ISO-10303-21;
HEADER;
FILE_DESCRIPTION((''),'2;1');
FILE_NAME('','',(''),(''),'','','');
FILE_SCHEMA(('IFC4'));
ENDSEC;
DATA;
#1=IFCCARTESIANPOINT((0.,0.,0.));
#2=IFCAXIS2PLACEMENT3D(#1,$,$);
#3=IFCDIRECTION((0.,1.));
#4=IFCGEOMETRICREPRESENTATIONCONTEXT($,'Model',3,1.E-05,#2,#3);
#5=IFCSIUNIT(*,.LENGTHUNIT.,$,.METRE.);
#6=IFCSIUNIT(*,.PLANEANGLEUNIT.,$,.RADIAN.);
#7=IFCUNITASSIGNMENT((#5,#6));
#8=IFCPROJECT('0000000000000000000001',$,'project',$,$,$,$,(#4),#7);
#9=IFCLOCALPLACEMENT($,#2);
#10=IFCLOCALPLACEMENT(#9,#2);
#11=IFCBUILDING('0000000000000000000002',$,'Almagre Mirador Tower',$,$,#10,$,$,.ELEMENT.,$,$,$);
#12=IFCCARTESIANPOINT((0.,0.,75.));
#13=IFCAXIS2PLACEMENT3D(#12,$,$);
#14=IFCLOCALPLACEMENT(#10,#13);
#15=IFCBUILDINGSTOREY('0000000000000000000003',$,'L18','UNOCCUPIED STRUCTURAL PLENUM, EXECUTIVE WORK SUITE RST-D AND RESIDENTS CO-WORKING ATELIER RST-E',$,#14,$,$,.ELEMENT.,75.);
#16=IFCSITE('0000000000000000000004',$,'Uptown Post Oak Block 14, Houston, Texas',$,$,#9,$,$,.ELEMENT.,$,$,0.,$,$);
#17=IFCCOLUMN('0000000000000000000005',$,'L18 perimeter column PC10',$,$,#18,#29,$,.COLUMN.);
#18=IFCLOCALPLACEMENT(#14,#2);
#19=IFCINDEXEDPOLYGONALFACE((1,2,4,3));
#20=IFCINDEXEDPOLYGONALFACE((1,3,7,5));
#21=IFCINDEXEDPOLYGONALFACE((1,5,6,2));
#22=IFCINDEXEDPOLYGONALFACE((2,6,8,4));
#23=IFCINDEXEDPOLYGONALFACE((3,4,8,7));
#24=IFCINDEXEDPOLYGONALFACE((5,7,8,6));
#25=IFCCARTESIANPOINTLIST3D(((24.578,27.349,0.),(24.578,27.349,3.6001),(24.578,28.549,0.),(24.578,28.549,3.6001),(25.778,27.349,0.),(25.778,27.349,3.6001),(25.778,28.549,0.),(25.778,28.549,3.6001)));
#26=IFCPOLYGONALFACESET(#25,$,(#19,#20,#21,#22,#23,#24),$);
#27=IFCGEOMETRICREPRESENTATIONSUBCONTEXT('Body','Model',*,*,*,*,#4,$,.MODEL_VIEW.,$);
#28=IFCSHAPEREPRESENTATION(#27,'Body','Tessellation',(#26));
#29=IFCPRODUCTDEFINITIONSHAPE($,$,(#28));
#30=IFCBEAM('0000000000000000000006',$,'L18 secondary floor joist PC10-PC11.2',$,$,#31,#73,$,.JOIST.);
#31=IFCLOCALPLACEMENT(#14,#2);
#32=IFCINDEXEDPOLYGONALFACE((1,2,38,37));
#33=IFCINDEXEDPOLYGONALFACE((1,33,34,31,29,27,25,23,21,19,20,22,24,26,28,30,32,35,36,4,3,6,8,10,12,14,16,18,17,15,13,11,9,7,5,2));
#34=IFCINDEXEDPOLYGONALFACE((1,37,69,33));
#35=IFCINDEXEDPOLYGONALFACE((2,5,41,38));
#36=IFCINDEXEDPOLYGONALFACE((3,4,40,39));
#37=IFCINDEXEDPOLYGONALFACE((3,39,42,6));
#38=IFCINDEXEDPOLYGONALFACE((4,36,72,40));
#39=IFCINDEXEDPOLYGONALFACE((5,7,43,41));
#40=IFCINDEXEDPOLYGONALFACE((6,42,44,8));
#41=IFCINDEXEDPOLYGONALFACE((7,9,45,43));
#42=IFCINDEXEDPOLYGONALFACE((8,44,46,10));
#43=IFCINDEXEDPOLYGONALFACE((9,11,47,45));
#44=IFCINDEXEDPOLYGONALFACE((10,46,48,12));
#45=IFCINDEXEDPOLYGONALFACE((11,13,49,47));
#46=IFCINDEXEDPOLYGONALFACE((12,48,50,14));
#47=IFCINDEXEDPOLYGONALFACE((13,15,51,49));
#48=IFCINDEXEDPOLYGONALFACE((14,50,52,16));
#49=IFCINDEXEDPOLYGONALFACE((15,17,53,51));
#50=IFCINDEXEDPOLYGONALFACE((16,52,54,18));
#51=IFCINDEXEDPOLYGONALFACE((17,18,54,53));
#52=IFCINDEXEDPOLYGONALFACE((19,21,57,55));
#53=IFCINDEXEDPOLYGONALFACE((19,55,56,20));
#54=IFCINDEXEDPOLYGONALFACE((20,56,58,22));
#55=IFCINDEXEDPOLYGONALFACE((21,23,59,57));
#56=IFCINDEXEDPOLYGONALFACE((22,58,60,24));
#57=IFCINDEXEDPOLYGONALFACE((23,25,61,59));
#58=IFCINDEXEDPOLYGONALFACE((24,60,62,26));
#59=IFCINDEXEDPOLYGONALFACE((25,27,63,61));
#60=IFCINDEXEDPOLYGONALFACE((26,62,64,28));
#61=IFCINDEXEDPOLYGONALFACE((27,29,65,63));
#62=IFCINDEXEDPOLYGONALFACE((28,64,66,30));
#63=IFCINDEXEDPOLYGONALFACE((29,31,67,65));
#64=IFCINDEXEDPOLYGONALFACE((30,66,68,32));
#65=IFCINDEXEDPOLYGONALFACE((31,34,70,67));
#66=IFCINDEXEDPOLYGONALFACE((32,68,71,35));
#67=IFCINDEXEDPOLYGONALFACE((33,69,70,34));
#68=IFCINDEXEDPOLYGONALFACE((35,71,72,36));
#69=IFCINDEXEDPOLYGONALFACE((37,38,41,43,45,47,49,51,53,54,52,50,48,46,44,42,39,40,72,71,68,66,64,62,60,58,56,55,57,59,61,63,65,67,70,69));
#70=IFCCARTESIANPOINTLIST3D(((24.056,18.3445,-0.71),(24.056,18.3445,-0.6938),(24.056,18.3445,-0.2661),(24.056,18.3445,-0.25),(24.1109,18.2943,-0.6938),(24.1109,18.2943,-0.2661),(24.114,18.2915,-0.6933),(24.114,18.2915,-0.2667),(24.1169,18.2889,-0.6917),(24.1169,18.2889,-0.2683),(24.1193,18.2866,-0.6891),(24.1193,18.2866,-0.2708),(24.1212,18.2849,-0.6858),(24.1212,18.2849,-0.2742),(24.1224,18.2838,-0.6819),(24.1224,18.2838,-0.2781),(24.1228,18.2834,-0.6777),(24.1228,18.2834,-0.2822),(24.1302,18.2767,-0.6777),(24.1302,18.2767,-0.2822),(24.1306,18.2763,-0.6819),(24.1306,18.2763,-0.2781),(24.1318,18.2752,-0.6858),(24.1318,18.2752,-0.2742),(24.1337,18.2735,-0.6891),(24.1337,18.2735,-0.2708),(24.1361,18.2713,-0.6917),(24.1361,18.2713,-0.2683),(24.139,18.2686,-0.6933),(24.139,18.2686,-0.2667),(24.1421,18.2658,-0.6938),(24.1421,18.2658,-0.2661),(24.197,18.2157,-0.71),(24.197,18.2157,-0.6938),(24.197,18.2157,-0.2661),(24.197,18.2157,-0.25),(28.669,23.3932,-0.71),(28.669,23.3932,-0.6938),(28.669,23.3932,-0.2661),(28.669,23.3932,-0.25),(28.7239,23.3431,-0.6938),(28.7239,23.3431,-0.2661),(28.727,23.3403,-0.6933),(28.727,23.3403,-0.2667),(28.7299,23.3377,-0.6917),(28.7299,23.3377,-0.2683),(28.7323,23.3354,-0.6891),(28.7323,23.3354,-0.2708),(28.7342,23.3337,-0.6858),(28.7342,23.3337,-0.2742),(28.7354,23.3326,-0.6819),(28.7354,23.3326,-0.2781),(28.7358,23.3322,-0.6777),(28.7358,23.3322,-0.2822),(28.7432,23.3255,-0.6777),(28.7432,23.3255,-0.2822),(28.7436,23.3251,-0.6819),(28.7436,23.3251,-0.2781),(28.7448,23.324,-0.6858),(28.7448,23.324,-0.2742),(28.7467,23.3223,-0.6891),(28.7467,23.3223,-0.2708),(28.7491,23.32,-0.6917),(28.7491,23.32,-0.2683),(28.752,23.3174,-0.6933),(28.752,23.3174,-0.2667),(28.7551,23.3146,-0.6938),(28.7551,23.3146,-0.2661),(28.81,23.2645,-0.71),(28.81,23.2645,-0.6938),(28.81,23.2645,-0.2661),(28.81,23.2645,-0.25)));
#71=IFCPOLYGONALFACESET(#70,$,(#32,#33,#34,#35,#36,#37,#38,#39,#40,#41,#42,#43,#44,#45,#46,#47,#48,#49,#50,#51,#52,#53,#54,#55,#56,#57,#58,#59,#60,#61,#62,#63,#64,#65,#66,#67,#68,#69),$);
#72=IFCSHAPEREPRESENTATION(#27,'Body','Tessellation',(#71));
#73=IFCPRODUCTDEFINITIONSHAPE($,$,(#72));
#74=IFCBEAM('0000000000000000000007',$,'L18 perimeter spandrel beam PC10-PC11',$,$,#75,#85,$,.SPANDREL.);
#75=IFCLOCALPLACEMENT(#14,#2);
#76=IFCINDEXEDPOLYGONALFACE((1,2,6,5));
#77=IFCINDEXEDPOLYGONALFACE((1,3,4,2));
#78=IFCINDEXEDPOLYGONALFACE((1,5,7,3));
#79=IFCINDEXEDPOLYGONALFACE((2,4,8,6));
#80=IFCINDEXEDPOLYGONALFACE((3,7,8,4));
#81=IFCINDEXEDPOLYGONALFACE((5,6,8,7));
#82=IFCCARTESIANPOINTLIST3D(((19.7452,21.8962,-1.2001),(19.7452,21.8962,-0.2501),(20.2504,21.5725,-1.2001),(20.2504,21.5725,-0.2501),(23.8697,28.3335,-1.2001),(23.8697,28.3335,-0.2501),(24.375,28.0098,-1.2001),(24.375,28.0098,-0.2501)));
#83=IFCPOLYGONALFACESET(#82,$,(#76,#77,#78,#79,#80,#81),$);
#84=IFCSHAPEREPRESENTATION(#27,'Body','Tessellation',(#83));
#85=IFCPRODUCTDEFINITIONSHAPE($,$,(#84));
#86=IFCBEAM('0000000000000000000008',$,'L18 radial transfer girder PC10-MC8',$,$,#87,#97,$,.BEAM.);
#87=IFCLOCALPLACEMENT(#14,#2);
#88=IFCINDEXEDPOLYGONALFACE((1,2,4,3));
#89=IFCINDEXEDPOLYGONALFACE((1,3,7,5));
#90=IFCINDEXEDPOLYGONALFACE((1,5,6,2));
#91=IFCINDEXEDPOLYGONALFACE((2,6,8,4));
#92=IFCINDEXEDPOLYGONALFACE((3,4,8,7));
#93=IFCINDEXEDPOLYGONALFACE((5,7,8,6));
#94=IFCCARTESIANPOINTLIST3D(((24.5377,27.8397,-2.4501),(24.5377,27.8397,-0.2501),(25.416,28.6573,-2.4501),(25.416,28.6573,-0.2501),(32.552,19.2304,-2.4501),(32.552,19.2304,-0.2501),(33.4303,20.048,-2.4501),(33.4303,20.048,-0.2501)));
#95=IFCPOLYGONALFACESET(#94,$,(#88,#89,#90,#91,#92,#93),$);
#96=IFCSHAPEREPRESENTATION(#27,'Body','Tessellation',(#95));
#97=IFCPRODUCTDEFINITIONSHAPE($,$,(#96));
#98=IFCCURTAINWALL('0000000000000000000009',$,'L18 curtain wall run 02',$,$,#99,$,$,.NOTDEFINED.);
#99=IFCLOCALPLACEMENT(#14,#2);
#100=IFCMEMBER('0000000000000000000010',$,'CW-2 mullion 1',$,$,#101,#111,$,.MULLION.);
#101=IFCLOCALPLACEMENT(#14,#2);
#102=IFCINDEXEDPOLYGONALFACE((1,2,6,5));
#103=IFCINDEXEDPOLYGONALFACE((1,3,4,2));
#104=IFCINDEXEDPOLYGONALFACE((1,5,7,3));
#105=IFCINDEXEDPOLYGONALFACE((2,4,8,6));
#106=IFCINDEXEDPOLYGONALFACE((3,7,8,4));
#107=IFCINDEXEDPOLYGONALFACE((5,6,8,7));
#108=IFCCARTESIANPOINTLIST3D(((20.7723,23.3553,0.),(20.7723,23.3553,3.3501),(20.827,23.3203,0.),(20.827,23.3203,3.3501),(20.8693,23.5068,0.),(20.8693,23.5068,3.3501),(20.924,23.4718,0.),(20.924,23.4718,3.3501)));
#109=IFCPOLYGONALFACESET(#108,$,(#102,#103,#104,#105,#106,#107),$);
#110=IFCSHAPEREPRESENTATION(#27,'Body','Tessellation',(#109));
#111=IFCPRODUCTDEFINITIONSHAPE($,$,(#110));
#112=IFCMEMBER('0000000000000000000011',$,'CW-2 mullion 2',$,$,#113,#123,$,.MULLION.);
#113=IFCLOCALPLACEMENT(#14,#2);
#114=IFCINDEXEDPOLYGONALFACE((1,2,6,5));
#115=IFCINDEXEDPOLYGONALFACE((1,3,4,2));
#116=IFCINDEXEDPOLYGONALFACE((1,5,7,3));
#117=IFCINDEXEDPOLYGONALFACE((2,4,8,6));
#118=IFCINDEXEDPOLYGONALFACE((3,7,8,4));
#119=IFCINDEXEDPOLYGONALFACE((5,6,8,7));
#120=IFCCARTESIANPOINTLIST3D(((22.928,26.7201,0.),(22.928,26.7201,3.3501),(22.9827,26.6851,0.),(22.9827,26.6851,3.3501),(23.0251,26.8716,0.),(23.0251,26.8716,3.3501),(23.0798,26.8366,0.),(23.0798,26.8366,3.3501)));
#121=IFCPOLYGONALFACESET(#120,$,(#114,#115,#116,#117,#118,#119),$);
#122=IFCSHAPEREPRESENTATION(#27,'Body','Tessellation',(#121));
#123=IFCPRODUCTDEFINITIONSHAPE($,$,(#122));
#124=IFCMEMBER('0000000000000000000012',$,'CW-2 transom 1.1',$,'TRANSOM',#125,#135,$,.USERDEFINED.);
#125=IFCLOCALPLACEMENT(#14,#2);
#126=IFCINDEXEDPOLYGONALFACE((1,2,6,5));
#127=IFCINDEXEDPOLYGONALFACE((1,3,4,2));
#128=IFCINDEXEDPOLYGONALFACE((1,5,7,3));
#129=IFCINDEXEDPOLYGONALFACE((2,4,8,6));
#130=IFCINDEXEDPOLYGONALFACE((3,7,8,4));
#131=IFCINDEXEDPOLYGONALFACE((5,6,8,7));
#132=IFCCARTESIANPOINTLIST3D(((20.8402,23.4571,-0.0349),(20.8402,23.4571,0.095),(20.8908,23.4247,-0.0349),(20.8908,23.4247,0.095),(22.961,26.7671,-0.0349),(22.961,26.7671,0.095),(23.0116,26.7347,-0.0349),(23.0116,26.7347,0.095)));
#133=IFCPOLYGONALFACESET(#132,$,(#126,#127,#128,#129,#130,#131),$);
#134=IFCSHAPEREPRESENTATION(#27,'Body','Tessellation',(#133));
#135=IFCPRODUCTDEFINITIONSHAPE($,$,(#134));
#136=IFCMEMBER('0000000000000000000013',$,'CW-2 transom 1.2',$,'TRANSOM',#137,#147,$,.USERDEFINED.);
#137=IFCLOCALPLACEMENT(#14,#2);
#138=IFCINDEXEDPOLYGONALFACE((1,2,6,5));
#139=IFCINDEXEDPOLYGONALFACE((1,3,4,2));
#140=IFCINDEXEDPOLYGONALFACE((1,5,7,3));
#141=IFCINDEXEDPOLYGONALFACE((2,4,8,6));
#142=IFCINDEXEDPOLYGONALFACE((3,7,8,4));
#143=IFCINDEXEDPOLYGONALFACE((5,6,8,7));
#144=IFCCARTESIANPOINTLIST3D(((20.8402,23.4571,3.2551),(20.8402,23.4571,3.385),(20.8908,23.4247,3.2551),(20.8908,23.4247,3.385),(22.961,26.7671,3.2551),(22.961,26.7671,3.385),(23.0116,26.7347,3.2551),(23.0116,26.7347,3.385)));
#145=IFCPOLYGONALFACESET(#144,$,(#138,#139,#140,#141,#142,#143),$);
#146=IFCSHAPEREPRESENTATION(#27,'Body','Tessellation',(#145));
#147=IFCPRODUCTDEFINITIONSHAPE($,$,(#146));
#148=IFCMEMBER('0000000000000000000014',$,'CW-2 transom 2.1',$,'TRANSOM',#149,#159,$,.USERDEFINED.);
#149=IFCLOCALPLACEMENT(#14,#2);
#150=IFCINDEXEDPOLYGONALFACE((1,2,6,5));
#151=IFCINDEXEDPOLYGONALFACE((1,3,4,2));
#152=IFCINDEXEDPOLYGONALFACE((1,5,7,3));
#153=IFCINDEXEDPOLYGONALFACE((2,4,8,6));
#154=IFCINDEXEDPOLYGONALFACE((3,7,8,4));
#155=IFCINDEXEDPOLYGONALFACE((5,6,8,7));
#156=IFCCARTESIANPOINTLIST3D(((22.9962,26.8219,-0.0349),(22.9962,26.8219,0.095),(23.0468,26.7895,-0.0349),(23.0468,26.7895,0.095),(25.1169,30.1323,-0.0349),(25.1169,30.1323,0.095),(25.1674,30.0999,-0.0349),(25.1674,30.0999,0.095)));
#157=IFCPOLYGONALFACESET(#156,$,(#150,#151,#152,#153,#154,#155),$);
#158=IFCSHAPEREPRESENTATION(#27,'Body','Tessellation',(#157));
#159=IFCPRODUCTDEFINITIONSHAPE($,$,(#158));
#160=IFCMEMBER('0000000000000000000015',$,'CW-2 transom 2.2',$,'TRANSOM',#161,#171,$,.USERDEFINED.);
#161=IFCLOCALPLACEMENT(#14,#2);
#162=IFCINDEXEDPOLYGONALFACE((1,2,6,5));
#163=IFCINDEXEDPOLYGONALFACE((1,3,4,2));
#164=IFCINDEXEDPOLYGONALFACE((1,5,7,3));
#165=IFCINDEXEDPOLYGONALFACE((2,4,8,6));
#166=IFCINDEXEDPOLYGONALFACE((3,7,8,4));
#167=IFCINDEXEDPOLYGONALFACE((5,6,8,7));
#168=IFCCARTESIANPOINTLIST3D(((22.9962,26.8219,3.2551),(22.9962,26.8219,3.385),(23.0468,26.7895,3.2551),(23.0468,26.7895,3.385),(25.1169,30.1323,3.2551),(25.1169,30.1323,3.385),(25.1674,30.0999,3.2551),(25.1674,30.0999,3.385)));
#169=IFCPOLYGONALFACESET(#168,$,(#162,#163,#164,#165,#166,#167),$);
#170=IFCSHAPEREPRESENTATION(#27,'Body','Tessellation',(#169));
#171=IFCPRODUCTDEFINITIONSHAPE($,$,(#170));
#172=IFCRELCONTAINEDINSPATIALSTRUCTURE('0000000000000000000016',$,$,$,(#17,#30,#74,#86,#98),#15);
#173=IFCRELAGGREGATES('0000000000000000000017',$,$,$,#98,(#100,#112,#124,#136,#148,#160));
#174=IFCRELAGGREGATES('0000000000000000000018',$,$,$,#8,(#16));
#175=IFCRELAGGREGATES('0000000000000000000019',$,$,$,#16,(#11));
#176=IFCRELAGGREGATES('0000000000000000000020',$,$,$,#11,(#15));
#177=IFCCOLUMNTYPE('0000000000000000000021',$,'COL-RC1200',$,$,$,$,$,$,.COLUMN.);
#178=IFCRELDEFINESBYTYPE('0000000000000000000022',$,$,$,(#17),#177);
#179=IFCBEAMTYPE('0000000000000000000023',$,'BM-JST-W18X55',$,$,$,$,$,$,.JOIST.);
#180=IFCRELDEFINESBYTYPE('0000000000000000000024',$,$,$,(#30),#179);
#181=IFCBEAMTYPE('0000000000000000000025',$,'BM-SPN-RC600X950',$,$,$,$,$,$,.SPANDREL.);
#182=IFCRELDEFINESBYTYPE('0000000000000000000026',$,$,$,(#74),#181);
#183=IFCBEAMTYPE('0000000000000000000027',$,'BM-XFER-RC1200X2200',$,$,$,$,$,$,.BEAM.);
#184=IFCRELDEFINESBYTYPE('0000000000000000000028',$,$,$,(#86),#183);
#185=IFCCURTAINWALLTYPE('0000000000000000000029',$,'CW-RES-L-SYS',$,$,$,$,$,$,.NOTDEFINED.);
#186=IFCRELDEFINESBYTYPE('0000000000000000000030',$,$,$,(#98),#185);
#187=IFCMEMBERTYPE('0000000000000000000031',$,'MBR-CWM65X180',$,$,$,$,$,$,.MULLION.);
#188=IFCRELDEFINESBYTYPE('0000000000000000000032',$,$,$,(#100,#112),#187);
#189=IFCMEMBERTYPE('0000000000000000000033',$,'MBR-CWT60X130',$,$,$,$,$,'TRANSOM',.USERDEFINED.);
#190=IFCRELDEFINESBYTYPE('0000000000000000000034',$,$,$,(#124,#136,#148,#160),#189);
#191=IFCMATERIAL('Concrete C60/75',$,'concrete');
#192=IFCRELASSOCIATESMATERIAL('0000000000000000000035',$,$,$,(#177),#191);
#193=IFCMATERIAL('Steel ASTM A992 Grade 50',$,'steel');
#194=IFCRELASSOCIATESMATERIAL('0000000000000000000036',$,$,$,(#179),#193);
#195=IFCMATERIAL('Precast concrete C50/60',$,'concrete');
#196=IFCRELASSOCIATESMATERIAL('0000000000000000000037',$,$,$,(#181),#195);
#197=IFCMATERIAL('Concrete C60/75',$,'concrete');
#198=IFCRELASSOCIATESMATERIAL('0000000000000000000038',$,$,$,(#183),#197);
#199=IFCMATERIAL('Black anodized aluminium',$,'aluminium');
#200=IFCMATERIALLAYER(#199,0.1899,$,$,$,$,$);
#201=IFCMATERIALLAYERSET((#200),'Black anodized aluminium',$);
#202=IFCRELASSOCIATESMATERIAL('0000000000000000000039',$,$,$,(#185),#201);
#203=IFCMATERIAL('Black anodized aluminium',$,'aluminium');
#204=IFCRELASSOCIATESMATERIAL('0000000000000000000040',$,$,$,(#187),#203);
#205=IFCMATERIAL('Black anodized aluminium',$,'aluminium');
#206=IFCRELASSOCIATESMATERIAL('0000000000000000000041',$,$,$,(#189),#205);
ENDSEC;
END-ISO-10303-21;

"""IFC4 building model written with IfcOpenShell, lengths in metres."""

from ifc_helpers import new_model, si_unit, direction, frame, origin, origin_2d, place, context, subcontext, project, spatial, rectangle, i_section, extrude, material, layer, layer_set, material_profile, profile_set, type_object, element, aggregate, save


model = new_model("IFC4")

# Units and contexts
model_context = context("Model", 3, precision=1e-05, world=origin(), true_north=direction((0.0, 1.0)))
body_context = subcontext(model_context, "Body", "Model", "MODEL_VIEW")
ifc_project = project(units=[si_unit("LENGTHUNIT", "METRE"), si_unit("PLANEANGLEUNIT", "RADIAN")], contexts=[model_context])

# Site, building, storey
site_placement = place(None, origin())
site = spatial("IfcSite", under=ifc_project, at=site_placement, Name="Uptown Post Oak Block 14, Houston, Texas", CompositionType="ELEMENT", RefElevation=0.0)
building_placement = place(site_placement, origin())
building = spatial("IfcBuilding", under=site, at=building_placement, Name="Almagre Mirador Tower", CompositionType="ELEMENT")
storey_placement = place(building_placement, frame((0.0, 0.0, 75.0)))
storey = spatial("IfcBuildingStorey", under=building, at=storey_placement, Name="L18", Description="UNOCCUPIED STRUCTURAL PLENUM, EXECUTIVE WORK SUITE RST-D AND RESIDENTS CO-WORKING ATELIER RST-E", CompositionType="ELEMENT", Elevation=75.0)

# Column
ifc_material_1 = material(Name="Concrete C60/75", Category="concrete")
ifc_material_profile_1 = material_profile(ifc_material_1, rectangle(XDim=1.2, YDim=1.2, at=origin_2d()), Name="RC1200X1200")
ifc_profile_set_1 = profile_set([ifc_material_profile_1], Name="Concrete C60/75")
column_type = type_object("IfcColumnType", Name="COL-RC1200", PredefinedType="COLUMN", material=ifc_profile_set_1)
column_placement = place(storey_placement, frame((25.178, 27.949, 0.0), z_axis=(0.0, 0.0, 1.0), x_axis=(1.0, 0.0, 0.0)))
element("IfcColumn", 1, at=column_placement, inside=storey, type_object=column_type, Name="L18 perimeter column PC10", PredefinedType="COLUMN", context=body_context, shape_type="SweptSolid", body=[
    extrude(rectangle(XDim=1.2, YDim=1.2, at=origin_2d()), origin(), (0.0, 0.0, 1.0), 3.6001),
])

# Beams
ifc_material_2 = material(Name="Steel ASTM A992 Grade 50", Category="steel")
ifc_material_profile_2 = material_profile(ifc_material_2, i_section(OverallWidth=0.1909, OverallDepth=0.46, WebThickness=0.01, FlangeThickness=0.0161, FilletRadius=0.0161, at=origin_2d()), Name="W18X55")
ifc_profile_set_2 = profile_set([ifc_material_profile_2], Name="Steel ASTM A992 Grade 50")
beam_type_1 = type_object("IfcBeamType", Name="BM-JST-W18X55", PredefinedType="JOIST", material=ifc_profile_set_2)
beam_1_placement = place(storey_placement, frame((28.7395, 23.3289, -0.48), z_axis=(-0.674527, -0.73825, 0.0), x_axis=(0.73825, -0.674527, 0.0)))
element("IfcBeam", 2, at=beam_1_placement, inside=storey, type_object=beam_type_1, Name="L18 secondary floor joist PC10-PC11.2", PredefinedType="JOIST", context=body_context, shape_type="SweptSolid", body=[
    extrude(i_section(OverallWidth=0.1909, OverallDepth=0.46, WebThickness=0.01, FlangeThickness=0.0161, FilletRadius=0.0161, at=origin_2d()), origin(), (0.0, 0.0, 1.0), 6.8389),
])
ifc_material_3 = material(Name="Precast concrete C50/60", Category="concrete")
ifc_material_profile_3 = material_profile(ifc_material_3, rectangle(XDim=0.6001, YDim=0.95, at=origin_2d()), Name="RC600X950")
ifc_profile_set_3 = profile_set([ifc_material_profile_3], Name="Precast concrete C50/60")
beam_type_2 = type_object("IfcBeamType", Name="BM-SPN-RC600X950", PredefinedType="SPANDREL", material=ifc_profile_set_3)
beam_2_placement = place(storey_placement, frame((24.1223, 28.1716, -0.7251), z_axis=(-0.539487, -0.841994, 0.0), x_axis=(0.841994, -0.539487, 0.0)))
element("IfcBeam", 3, at=beam_2_placement, inside=storey, type_object=beam_type_2, Name="L18 perimeter spandrel beam PC10-PC11", PredefinedType="SPANDREL", context=body_context, shape_type="SweptSolid", body=[
    extrude(rectangle(XDim=0.6001, YDim=0.95, at=origin_2d()), origin(), (0.0, 0.0, 1.0), 7.6453),
])
ifc_material_4 = material(Name="Concrete C60/75", Category="concrete")
ifc_material_profile_4 = material_profile(ifc_material_4, rectangle(XDim=1.2, YDim=2.2, at=origin_2d()), Name="RC1200X2200")
ifc_profile_set_4 = profile_set([ifc_material_profile_4], Name="Concrete C60/75")
beam_type_3 = type_object("IfcBeamType", Name="BM-XFER-RC1200X2200", PredefinedType="BEAM", material=ifc_profile_set_4)
beam_3_placement = place(storey_placement, frame((24.9768, 28.2485, -1.3501), z_axis=(0.681363, -0.731946, 0.0), x_axis=(0.731946, 0.681363, 0.0)))
element("IfcBeam", 4, at=beam_3_placement, inside=storey, type_object=beam_type_3, Name="L18 radial transfer girder PC10-MC8", PredefinedType="BEAM", context=body_context, shape_type="SweptSolid", body=[
    extrude(rectangle(XDim=1.2, YDim=2.2, at=origin_2d()), origin(), (0.0, 0.0, 1.0), 11.7622),
])

# Curtain wall, members
ifc_material_5 = material(Name="Black anodized aluminium", Category="aluminium")
ifc_layer_1 = layer(ifc_material_5, 0.1899)
ifc_layer_set_1 = layer_set([ifc_layer_1], Name="Black anodized aluminium")
curtain_wall_type = type_object("IfcCurtainWallType", Name="CW-RES-L-SYS", PredefinedType="NOTDEFINED", material=ifc_layer_set_1)
curtain_wall_placement = place(storey_placement, origin())
curtain_wall = element("IfcCurtainWall", 5, at=curtain_wall_placement, inside=storey, type_object=curtain_wall_type, Name="L18 curtain wall run 02", PredefinedType="NOTDEFINED")
ifc_material_6 = material(Name="Black anodized aluminium", Category="aluminium")
ifc_material_profile_5 = material_profile(ifc_material_6, rectangle(XDim=0.0649, YDim=0.1799, at=origin_2d()), Name="CWM65X180")
ifc_profile_set_5 = profile_set([ifc_material_profile_5], Name="Black anodized aluminium")
member_type_1 = type_object("IfcMemberType", Name="MBR-CWM65X180", PredefinedType="MULLION", material=ifc_profile_set_5)
member_1_placement = place(storey_placement, frame((20.8481, 23.4136, 0.0), z_axis=(0.0, 0.0, 1.0), x_axis=(-0.842015, 0.539455, 0.0)))
member_1 = element("IfcMember", 6, at=member_1_placement, type_object=member_type_1, Name="CW-2 mullion 1", PredefinedType="MULLION", context=body_context, shape_type="SweptSolid", body=[
    extrude(rectangle(XDim=0.0649, YDim=0.1799, at=origin_2d()), origin(), (0.0, 0.0, 1.0), 3.3501),
])
member_2_placement = place(storey_placement, frame((23.0039, 26.7783, 0.0), z_axis=(0.0, 0.0, 1.0), x_axis=(-0.842015, 0.539455, 0.0)))
member_2 = element("IfcMember", 7, at=member_2_placement, type_object=member_type_1, Name="CW-2 mullion 2", PredefinedType="MULLION", context=body_context, shape_type="SweptSolid", body=[
    extrude(rectangle(XDim=0.0649, YDim=0.1799, at=origin_2d()), origin(), (0.0, 0.0, 1.0), 3.3501),
])
ifc_material_7 = material(Name="Black anodized aluminium", Category="aluminium")
ifc_material_profile_6 = material_profile(ifc_material_7, rectangle(XDim=0.0601, YDim=0.1299, at=origin_2d()), Name="CWT60X130")
ifc_profile_set_6 = profile_set([ifc_material_profile_6], Name="Black anodized aluminium")
member_type_2 = type_object("IfcMemberType", Name="MBR-CWT60X130", ElementType="TRANSOM", PredefinedType="USERDEFINED", material=ifc_profile_set_6)
member_3_placement = place(storey_placement, frame((20.8655, 23.4409, 0.03), z_axis=(0.539489, 0.841993, 0.0), x_axis=(-0.841993, 0.539489, 0.0)))
member_3 = element("IfcMember", 8, at=member_3_placement, type_object=member_type_2, Name="CW-2 transom 1.1", ObjectType="TRANSOM", PredefinedType="USERDEFINED", context=body_context, shape_type="SweptSolid", body=[
    extrude(rectangle(XDim=0.0601, YDim=0.1299, at=origin_2d()), origin(), (0.0, 0.0, 1.0), 3.9312),
])
member_4_placement = place(storey_placement, frame((20.8655, 23.4409, 3.3201), z_axis=(0.539489, 0.841993, 0.0), x_axis=(-0.841993, 0.539489, 0.0)))
member_4 = element("IfcMember", 9, at=member_4_placement, type_object=member_type_2, Name="CW-2 transom 1.2", ObjectType="TRANSOM", PredefinedType="USERDEFINED", context=body_context, shape_type="SweptSolid", body=[
    extrude(rectangle(XDim=0.0601, YDim=0.1299, at=origin_2d()), origin(), (0.0, 0.0, 1.0), 3.9312),
])
member_5_placement = place(storey_placement, frame((23.0215, 26.8057, 0.03), z_axis=(0.539417, 0.842039, 0.0), x_axis=(-0.842039, 0.539417, 0.0)))
member_5 = element("IfcMember", 10, at=member_5_placement, type_object=member_type_2, Name="CW-2 transom 2.1", ObjectType="TRANSOM", PredefinedType="USERDEFINED", context=body_context, shape_type="SweptSolid", body=[
    extrude(rectangle(XDim=0.0601, YDim=0.1299, at=origin_2d()), origin(), (0.0, 0.0, 1.0), 3.9314),
])
member_6_placement = place(storey_placement, frame((23.0215, 26.8057, 3.3201), z_axis=(0.539417, 0.842039, 0.0), x_axis=(-0.842039, 0.539417, 0.0)))
member_6 = element("IfcMember", 11, at=member_6_placement, type_object=member_type_2, Name="CW-2 transom 2.2", ObjectType="TRANSOM", PredefinedType="USERDEFINED", context=body_context, shape_type="SweptSolid", body=[
    extrude(rectangle(XDim=0.0601, YDim=0.1299, at=origin_2d()), origin(), (0.0, 0.0, 1.0), 3.9314),
])
aggregate(curtain_wall, [member_1, member_2, member_3, member_4, member_5, member_6])

save(model, "model.ifc")
